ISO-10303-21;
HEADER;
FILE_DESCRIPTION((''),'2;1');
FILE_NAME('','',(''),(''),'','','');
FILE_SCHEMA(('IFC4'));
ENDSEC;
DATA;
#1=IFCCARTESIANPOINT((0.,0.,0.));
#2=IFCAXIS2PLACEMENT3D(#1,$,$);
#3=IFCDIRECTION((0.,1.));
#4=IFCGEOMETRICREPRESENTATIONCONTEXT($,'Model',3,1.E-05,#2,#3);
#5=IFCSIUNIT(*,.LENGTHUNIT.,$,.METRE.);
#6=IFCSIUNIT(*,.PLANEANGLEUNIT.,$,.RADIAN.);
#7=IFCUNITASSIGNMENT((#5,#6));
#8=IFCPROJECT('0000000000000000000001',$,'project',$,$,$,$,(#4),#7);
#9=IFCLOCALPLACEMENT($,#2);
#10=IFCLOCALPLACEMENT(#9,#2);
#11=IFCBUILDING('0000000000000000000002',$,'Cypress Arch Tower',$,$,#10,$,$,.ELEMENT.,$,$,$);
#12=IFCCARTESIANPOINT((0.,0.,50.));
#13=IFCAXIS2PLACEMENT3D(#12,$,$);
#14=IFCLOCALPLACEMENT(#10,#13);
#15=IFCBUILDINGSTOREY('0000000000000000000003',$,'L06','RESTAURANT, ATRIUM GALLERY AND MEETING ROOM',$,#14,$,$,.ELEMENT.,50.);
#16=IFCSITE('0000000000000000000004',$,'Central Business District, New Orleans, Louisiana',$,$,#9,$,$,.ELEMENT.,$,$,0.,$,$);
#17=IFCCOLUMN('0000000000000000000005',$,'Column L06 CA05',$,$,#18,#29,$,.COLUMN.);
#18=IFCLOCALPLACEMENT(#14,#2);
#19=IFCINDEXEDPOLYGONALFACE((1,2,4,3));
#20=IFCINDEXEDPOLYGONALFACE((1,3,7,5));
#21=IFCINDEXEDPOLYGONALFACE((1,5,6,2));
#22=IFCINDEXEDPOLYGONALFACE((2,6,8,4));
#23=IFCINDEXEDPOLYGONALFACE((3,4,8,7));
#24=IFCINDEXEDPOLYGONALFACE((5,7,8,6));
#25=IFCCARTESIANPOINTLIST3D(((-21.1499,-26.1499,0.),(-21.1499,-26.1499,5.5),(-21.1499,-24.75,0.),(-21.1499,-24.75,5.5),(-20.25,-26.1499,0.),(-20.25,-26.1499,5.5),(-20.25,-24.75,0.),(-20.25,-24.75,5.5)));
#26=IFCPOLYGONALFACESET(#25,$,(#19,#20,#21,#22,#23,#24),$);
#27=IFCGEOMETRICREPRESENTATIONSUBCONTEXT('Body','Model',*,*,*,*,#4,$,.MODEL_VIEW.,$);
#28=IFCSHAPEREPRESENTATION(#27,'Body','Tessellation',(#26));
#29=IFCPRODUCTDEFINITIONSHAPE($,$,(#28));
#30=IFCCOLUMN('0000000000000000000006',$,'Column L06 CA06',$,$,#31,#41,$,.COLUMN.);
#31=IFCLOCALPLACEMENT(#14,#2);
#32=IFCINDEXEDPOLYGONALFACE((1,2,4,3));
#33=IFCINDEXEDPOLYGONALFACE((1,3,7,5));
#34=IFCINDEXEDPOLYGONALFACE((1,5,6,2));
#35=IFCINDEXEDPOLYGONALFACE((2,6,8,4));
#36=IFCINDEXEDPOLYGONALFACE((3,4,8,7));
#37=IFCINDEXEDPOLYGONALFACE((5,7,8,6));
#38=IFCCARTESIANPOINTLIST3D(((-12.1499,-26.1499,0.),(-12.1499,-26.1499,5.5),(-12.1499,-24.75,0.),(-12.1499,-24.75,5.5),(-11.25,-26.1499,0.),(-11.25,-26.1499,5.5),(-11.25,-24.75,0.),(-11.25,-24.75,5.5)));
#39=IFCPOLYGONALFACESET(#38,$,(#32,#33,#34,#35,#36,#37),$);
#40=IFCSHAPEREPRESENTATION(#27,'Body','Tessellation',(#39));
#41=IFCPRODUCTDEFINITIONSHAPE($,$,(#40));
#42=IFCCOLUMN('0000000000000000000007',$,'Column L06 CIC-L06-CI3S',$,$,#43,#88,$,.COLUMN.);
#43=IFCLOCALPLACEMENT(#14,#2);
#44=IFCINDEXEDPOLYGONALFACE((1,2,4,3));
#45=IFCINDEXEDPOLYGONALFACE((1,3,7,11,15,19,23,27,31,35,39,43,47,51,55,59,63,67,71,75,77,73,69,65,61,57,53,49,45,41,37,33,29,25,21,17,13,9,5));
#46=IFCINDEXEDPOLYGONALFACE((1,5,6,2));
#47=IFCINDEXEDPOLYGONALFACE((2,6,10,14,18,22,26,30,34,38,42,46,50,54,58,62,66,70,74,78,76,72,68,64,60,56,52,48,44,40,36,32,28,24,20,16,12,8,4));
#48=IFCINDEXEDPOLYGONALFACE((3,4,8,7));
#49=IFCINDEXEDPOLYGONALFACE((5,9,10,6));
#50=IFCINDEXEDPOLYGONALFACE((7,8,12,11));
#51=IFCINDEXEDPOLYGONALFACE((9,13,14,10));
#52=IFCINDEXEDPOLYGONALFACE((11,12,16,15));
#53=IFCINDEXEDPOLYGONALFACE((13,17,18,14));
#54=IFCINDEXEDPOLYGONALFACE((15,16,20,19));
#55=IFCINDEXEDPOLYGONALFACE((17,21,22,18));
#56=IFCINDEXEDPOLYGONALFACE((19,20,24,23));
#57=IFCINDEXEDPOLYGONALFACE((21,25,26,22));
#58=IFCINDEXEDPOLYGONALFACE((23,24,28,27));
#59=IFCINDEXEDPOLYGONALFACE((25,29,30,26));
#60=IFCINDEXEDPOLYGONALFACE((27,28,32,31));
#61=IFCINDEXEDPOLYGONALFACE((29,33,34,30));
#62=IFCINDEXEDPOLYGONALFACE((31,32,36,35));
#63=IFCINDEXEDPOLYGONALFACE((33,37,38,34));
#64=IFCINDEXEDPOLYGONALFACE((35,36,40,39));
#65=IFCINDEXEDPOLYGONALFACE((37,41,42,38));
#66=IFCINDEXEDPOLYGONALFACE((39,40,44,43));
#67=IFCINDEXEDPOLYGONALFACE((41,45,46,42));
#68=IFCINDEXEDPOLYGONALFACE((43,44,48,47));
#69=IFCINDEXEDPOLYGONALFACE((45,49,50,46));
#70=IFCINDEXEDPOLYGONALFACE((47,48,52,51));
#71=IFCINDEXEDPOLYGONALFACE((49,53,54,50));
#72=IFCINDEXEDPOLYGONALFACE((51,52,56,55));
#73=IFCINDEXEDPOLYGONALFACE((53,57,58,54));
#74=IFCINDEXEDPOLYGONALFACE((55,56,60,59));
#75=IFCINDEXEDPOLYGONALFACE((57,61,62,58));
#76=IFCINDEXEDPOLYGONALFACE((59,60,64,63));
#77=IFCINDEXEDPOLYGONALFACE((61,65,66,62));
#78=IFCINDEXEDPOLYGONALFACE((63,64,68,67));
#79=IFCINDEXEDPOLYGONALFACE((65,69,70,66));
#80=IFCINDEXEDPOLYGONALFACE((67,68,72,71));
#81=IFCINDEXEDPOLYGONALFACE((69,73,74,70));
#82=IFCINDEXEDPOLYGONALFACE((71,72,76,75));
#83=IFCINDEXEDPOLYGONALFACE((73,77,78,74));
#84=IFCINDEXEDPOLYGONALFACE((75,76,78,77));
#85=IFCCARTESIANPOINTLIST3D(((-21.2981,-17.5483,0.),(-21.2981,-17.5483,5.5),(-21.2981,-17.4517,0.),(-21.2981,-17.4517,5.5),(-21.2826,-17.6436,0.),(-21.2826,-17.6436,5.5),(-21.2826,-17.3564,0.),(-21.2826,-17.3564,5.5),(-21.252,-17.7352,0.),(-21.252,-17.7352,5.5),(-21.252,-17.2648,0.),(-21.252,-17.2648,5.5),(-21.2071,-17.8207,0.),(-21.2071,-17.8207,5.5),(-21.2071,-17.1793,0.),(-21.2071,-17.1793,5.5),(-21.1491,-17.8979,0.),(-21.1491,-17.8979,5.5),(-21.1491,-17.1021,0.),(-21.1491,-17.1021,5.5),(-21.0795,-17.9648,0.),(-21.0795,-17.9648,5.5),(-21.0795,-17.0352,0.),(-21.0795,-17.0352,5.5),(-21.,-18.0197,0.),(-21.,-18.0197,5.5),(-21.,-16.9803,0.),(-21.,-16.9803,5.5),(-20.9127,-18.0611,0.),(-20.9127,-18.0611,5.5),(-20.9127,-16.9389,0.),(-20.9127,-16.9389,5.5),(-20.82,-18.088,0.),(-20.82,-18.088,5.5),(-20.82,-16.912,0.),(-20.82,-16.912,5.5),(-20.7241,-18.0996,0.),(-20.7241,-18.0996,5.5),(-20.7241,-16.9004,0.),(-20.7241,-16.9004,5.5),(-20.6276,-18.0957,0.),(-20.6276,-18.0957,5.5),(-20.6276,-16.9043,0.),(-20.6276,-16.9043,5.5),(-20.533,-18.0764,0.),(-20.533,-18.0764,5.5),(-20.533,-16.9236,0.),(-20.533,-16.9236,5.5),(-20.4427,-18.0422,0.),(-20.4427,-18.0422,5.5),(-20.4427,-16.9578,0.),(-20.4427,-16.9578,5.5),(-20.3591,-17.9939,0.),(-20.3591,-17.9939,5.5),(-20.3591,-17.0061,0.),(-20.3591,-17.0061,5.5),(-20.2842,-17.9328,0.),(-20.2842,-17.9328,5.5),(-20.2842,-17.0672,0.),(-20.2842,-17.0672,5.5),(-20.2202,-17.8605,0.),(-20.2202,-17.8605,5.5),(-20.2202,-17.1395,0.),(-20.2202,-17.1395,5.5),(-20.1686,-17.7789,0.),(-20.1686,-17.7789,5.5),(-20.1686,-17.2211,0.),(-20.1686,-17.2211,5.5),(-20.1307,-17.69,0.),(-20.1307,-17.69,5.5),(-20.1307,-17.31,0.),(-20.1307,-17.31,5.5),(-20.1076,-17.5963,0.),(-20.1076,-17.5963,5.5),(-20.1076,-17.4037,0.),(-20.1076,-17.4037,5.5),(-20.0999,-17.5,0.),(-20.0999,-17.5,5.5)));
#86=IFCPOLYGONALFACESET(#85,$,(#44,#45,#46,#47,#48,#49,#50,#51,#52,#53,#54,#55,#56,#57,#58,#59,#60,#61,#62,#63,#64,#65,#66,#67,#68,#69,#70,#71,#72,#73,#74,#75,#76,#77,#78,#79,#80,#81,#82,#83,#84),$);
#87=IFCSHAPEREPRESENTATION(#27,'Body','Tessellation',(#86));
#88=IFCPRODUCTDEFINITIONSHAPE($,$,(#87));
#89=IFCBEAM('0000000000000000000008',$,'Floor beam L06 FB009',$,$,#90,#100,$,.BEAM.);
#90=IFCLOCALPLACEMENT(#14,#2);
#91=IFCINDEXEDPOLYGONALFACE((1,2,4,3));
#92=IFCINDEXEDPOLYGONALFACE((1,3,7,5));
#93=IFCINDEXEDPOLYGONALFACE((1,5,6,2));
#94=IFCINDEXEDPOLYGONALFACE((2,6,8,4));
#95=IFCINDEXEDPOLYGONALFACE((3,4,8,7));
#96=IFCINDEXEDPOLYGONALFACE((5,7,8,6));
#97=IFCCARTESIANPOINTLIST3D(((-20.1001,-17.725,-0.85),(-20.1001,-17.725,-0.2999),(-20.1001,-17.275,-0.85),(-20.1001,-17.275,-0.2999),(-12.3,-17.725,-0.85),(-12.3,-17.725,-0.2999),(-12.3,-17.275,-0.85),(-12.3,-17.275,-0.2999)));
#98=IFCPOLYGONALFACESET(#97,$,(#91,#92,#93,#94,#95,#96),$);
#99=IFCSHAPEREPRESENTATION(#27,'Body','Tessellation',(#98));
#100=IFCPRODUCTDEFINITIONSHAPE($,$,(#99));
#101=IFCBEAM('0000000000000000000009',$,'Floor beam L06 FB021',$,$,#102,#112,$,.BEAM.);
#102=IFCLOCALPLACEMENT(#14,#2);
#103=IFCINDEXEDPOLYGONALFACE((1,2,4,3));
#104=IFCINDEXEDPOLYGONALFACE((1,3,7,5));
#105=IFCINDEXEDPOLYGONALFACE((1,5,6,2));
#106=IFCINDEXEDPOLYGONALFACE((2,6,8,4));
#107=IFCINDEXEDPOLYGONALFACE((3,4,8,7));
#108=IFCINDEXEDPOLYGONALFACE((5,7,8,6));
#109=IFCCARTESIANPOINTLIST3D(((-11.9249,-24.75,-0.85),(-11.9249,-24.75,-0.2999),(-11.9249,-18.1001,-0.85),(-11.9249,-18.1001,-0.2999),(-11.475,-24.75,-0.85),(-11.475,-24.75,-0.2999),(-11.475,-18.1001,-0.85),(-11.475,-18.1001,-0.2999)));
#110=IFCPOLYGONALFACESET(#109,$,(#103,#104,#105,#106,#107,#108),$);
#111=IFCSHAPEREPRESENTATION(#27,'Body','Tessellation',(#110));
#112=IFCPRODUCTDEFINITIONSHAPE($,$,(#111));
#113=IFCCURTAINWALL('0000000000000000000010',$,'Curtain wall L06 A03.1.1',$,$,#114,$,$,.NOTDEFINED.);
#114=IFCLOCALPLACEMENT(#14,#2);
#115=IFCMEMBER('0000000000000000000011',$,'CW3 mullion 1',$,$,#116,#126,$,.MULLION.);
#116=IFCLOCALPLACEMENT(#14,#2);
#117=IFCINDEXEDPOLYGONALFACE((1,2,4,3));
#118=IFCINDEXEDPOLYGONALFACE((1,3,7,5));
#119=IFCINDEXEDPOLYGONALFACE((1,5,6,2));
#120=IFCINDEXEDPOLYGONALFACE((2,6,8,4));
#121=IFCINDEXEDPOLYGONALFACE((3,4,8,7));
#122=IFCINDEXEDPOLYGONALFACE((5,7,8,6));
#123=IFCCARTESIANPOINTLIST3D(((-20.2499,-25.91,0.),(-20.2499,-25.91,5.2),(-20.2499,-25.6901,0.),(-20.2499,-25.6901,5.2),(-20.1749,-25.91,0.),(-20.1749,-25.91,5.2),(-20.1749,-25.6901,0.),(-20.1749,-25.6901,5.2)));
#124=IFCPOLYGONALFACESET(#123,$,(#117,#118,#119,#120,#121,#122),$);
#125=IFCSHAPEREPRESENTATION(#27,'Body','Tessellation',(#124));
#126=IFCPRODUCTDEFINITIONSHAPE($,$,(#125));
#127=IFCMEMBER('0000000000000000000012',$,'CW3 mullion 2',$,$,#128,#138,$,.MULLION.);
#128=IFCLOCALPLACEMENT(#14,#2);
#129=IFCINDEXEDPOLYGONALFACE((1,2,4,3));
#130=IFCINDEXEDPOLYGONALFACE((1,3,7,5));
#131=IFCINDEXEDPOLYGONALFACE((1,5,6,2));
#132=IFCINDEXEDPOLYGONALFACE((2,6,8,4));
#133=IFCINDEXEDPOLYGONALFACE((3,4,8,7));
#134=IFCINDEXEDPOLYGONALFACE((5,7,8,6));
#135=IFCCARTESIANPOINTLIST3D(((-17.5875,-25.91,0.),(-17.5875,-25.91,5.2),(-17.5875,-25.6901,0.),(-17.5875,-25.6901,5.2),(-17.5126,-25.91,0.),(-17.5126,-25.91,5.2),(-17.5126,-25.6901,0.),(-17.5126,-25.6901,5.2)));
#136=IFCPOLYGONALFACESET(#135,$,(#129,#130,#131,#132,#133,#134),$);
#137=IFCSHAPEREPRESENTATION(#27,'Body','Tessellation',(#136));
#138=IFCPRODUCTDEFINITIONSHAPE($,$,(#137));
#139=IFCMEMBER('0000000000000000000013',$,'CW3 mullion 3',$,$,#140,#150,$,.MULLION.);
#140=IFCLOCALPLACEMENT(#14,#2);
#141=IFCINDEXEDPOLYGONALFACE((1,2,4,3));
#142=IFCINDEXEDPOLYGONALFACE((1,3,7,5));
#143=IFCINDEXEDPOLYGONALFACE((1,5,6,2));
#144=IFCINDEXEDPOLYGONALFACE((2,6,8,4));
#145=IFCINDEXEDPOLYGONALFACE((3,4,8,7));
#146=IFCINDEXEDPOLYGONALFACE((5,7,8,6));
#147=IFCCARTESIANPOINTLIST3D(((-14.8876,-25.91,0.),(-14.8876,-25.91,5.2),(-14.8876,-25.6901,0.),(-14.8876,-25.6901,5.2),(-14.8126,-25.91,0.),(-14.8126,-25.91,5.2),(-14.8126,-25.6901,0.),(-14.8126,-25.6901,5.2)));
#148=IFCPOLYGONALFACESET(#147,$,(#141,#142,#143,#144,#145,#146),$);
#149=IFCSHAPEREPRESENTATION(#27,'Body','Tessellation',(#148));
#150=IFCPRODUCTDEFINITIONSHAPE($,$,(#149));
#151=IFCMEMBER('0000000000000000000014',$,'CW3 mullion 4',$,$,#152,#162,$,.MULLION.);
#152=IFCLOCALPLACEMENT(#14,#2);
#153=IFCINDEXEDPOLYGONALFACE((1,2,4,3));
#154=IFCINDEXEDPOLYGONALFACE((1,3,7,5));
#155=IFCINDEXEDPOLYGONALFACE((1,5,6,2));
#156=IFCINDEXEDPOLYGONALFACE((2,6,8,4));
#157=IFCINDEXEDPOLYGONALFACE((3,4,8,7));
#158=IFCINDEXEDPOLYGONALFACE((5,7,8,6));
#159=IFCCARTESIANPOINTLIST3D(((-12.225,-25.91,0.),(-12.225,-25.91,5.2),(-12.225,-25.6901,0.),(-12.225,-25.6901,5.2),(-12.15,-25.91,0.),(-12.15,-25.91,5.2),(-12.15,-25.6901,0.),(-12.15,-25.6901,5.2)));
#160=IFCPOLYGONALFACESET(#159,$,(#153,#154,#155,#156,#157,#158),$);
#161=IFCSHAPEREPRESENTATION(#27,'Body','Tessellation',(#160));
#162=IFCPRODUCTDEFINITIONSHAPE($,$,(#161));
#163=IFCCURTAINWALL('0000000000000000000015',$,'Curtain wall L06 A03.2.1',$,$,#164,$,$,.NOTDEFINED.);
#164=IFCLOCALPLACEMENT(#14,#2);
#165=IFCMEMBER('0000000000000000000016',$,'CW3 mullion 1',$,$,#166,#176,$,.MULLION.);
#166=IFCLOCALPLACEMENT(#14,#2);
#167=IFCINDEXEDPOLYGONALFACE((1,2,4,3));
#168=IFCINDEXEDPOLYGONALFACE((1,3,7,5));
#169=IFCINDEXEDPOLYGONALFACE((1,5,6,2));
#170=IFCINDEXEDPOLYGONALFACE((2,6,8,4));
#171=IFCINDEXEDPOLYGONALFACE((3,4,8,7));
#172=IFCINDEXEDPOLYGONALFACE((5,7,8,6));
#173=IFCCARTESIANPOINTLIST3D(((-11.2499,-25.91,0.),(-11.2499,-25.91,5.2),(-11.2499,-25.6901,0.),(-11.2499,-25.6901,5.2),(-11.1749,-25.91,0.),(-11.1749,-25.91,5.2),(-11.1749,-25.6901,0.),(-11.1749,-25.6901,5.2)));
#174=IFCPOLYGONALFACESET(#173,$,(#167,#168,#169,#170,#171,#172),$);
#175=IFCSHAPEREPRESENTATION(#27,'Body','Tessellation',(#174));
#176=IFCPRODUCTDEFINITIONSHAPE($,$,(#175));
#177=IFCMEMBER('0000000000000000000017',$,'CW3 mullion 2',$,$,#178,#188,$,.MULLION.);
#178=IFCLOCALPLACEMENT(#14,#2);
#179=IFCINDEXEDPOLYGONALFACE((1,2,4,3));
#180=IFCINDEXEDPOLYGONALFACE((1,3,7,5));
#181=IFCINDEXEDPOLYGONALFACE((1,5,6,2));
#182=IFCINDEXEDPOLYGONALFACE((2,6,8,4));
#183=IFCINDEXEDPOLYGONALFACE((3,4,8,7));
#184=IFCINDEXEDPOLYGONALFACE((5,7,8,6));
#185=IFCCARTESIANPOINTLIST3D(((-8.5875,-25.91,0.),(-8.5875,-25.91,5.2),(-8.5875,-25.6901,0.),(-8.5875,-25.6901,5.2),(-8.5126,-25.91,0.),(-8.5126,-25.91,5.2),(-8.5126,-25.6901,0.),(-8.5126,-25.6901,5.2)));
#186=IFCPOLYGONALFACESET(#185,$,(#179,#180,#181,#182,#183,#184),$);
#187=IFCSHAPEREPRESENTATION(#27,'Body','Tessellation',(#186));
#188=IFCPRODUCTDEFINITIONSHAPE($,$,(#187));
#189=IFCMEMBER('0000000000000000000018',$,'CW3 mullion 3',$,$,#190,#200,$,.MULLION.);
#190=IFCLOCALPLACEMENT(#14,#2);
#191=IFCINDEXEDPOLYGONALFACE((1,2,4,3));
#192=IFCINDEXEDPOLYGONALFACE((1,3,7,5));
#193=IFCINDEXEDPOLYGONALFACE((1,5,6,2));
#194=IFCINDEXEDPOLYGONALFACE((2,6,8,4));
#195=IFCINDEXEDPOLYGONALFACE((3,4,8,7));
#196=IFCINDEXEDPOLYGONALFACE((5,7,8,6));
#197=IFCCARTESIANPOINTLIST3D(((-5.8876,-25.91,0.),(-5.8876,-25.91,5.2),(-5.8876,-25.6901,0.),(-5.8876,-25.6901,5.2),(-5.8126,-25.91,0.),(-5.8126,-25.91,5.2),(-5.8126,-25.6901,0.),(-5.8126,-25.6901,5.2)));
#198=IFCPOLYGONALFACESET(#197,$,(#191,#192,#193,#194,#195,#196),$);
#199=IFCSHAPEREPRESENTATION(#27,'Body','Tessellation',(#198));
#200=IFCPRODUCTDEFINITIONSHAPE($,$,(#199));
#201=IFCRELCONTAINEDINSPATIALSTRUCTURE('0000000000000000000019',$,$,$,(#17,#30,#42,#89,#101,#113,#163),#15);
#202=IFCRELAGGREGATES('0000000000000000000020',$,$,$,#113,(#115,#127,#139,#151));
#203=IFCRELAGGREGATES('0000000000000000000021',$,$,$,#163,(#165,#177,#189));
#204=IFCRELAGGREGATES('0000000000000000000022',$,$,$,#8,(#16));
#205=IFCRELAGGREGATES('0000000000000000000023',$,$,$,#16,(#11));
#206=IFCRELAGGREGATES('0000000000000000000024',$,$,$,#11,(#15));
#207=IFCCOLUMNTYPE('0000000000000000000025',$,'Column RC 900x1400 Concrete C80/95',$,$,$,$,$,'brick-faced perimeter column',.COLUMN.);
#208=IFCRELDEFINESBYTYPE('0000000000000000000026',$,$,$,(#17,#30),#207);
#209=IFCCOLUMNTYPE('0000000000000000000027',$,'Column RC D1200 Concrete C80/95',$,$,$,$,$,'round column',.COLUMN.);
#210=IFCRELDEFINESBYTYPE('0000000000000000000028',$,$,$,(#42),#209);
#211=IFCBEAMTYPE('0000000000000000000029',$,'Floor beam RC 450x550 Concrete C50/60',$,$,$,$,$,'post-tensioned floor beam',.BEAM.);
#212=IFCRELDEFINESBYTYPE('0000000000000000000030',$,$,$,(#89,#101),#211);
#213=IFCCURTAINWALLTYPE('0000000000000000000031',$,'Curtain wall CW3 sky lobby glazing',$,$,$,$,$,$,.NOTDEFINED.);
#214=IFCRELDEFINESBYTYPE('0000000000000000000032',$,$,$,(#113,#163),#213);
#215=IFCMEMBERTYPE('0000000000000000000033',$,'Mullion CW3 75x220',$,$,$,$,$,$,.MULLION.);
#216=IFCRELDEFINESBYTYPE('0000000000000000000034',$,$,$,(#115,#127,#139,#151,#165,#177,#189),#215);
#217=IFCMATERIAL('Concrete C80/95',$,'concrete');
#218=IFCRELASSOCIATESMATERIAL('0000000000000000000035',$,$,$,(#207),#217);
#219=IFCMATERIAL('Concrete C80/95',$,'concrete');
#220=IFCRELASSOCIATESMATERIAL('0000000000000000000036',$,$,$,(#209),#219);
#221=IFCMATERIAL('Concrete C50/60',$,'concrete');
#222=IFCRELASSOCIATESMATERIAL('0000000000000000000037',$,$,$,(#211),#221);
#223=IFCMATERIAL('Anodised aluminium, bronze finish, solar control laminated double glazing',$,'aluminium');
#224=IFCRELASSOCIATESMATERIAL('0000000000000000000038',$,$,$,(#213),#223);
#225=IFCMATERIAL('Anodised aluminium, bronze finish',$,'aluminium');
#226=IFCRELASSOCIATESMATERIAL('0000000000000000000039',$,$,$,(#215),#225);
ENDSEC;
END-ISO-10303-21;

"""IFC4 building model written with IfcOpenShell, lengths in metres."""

from ifc_helpers import new_model, si_unit, direction, frame, origin, origin_2d, place, context, subcontext, project, spatial, rectangle, circle, extrude, material, material_profile, profile_set, type_object, element, aggregate, save


model = new_model("IFC4")

# Units and contexts
model_context = context("Model", 3, precision=1e-05, world=origin(), true_north=direction((0.0, 1.0)))
body_context = subcontext(model_context, "Body", "Model", "MODEL_VIEW")
ifc_project = project(units=[si_unit("LENGTHUNIT", "METRE"), si_unit("PLANEANGLEUNIT", "RADIAN")], contexts=[model_context])

# Site, building, storey
site_placement = place(None, origin())
site = spatial("IfcSite", under=ifc_project, at=site_placement, Name="Central Business District, New Orleans, Louisiana", CompositionType="ELEMENT", RefElevation=0.0)
building_placement = place(site_placement, origin())
building = spatial("IfcBuilding", under=site, at=building_placement, Name="Cypress Arch Tower", CompositionType="ELEMENT")
storey_placement = place(building_placement, frame((0.0, 0.0, 50.0)))
storey = spatial("IfcBuildingStorey", under=building, at=storey_placement, Name="L06", Description="RESTAURANT, ATRIUM GALLERY AND MEETING ROOM", CompositionType="ELEMENT", Elevation=50.0)

# Columns
ifc_material_1 = material(Name="Concrete C80/95", Category="concrete")
ifc_material_profile_1 = material_profile(ifc_material_1, rectangle(XDim=0.8999, YDim=1.3999, at=origin_2d()), Name="RC 900x1400")
ifc_profile_set_1 = profile_set([ifc_material_profile_1], Name="Concrete C80/95")
column_type_1 = type_object("IfcColumnType", Name="Column RC 900x1400 Concrete C80/95", ElementType="brick-faced perimeter column", PredefinedType="COLUMN", material=ifc_profile_set_1)
for number, where, z_axis, x_axis, name in (
    (1, (-20.7, -25.45, 0.0), (0.0, 0.0, 1.0), (1.0, 0.0, 0.0), "Column L06 CA05"),
    (2, (-11.7, -25.45, 0.0), (0.0, 0.0, 1.0), (1.0, 0.0, 0.0), "Column L06 CA06"),
):
    element("IfcColumn", number, at=place(storey_placement, frame(where, z_axis=z_axis, x_axis=x_axis)), inside=storey, type_object=column_type_1, Name=name, PredefinedType="COLUMN", context=body_context, shape_type="SweptSolid", body=[
        extrude(rectangle(XDim=0.8999, YDim=1.3999, at=origin_2d()), origin(), (0.0, 0.0, 1.0), 5.5),
    ])
ifc_material_2 = material(Name="Concrete C80/95", Category="concrete")
ifc_material_profile_2 = material_profile(ifc_material_2, circle(Radius=0.6001, at=origin_2d()), Name="RC D1200")
ifc_profile_set_2 = profile_set([ifc_material_profile_2], Name="Concrete C80/95")
column_type_2 = type_object("IfcColumnType", Name="Column RC D1200 Concrete C80/95", ElementType="round column", PredefinedType="COLUMN", material=ifc_profile_set_2)
column_placement = place(storey_placement, frame((-20.7, -17.5, 0.0), z_axis=(0.0, 0.0, 1.0), x_axis=(1.0, 0.0, 0.0)))
element("IfcColumn", 3, at=column_placement, inside=storey, type_object=column_type_2, Name="Column L06 CIC-L06-CI3S", PredefinedType="COLUMN", context=body_context, shape_type="SweptSolid", body=[
    extrude(circle(Radius=0.6001, at=origin_2d()), origin(), (0.0, 0.0, 1.0), 5.5),
])

# Beams
ifc_material_3 = material(Name="Concrete C50/60", Category="concrete")
ifc_material_profile_3 = material_profile(ifc_material_3, rectangle(XDim=0.45, YDim=0.55, at=origin_2d()), Name="RC 450x550")
ifc_profile_set_3 = profile_set([ifc_material_profile_3], Name="Concrete C50/60")
beam_type_1 = type_object("IfcBeamType", Name="Floor beam RC 450x550 Concrete C50/60", ElementType="post-tensioned floor beam", PredefinedType="BEAM", material=ifc_profile_set_3)
beam_1_placement = place(storey_placement, frame((-20.1001, -17.5, -0.575), z_axis=(1.0, 0.0, 0.0), x_axis=(0.0, 1.0, 0.0)))
element("IfcBeam", 4, at=beam_1_placement, inside=storey, type_object=beam_type_1, Name="Floor beam L06 FB009", PredefinedType="BEAM", context=body_context, shape_type="SweptSolid", body=[
    extrude(rectangle(XDim=0.45, YDim=0.55, at=origin_2d()), origin(), (0.0, 0.0, 1.0), 7.8),
])
beam_2_placement = place(storey_placement, frame((-11.7, -24.75, -0.575), z_axis=(0.0, 1.0, 0.0), x_axis=(-1.0, 0.0, 0.0)))
element("IfcBeam", 5, at=beam_2_placement, inside=storey, type_object=beam_type_1, Name="Floor beam L06 FB021", PredefinedType="BEAM", context=body_context, shape_type="SweptSolid", body=[
    extrude(rectangle(XDim=0.45, YDim=0.55, at=origin_2d()), origin(), (0.0, 0.0, 1.0), 6.6499),
])

# Curtain walls, members
ifc_material_4 = material(Name="Anodised aluminium, bronze finish, solar control laminated double glazing", Category="aluminium")
curtain_wall_type = type_object("IfcCurtainWallType", Name="Curtain wall CW3 sky lobby glazing", PredefinedType="NOTDEFINED", material=ifc_material_4)
curtain_wall_1_placement = place(storey_placement, origin())
curtain_wall_1 = element("IfcCurtainWall", 6, at=curtain_wall_1_placement, inside=storey, type_object=curtain_wall_type, Name="Curtain wall L06 A03.1.1", PredefinedType="NOTDEFINED")
ifc_material_5 = material(Name="Anodised aluminium, bronze finish", Category="aluminium")
ifc_material_profile_4 = material_profile(ifc_material_5, rectangle(XDim=0.22, YDim=0.075, at=origin_2d()), Name="Mullion 75x220")
ifc_profile_set_4 = profile_set([ifc_material_profile_4], Name="Anodised aluminium, bronze finish")
member_type = type_object("IfcMemberType", Name="Mullion CW3 75x220", PredefinedType="MULLION", material=ifc_profile_set_4)
member_1_placement = place(storey_placement, frame((-20.2124, -25.8, 0.0), z_axis=(0.0, 0.0, 1.0), x_axis=(0.0, 1.0, 0.0)))
member_1 = element("IfcMember", 7, at=member_1_placement, type_object=member_type, Name="CW3 mullion 1", PredefinedType="MULLION", context=body_context, shape_type="SweptSolid", body=[
    extrude(rectangle(XDim=0.22, YDim=0.075, at=origin_2d()), origin(), (0.0, 0.0, 1.0), 5.2),
])
member_2_placement = place(storey_placement, frame((-17.55, -25.8, 0.0), z_axis=(0.0, 0.0, 1.0), x_axis=(0.0, 1.0, 0.0)))
member_2 = element("IfcMember", 8, at=member_2_placement, type_object=member_type, Name="CW3 mullion 2", PredefinedType="MULLION", context=body_context, shape_type="SweptSolid", body=[
    extrude(rectangle(XDim=0.22, YDim=0.075, at=origin_2d()), origin(), (0.0, 0.0, 1.0), 5.2),
])
member_3_placement = place(storey_placement, frame((-14.8501, -25.8, 0.0), z_axis=(0.0, 0.0, 1.0), x_axis=(0.0, 1.0, 0.0)))
member_3 = element("IfcMember", 9, at=member_3_placement, type_object=member_type, Name="CW3 mullion 3", PredefinedType="MULLION", context=body_context, shape_type="SweptSolid", body=[
    extrude(rectangle(XDim=0.22, YDim=0.075, at=origin_2d()), origin(), (0.0, 0.0, 1.0), 5.2),
])
member_4_placement = place(storey_placement, frame((-12.1875, -25.8, 0.0), z_axis=(0.0, 0.0, 1.0), x_axis=(0.0, 1.0, 0.0)))
member_4 = element("IfcMember", 10, at=member_4_placement, type_object=member_type, Name="CW3 mullion 4", PredefinedType="MULLION", context=body_context, shape_type="SweptSolid", body=[
    extrude(rectangle(XDim=0.22, YDim=0.075, at=origin_2d()), origin(), (0.0, 0.0, 1.0), 5.2),
])
aggregate(curtain_wall_1, [member_1, member_2, member_3, member_4])
curtain_wall_2_placement = place(storey_placement, origin())
curtain_wall_2 = element("IfcCurtainWall", 11, at=curtain_wall_2_placement, inside=storey, type_object=curtain_wall_type, Name="Curtain wall L06 A03.2.1", PredefinedType="NOTDEFINED")
member_5_placement = place(storey_placement, frame((-11.2124, -25.8, 0.0), z_axis=(0.0, 0.0, 1.0), x_axis=(0.0, 1.0, 0.0)))
member_5 = element("IfcMember", 12, at=member_5_placement, type_object=member_type, Name="CW3 mullion 1", PredefinedType="MULLION", context=body_context, shape_type="SweptSolid", body=[
    extrude(rectangle(XDim=0.22, YDim=0.075, at=origin_2d()), origin(), (0.0, 0.0, 1.0), 5.2),
])
member_6_placement = place(storey_placement, frame((-8.55, -25.8, 0.0), z_axis=(0.0, 0.0, 1.0), x_axis=(0.0, 1.0, 0.0)))
member_6 = element("IfcMember", 13, at=member_6_placement, type_object=member_type, Name="CW3 mullion 2", PredefinedType="MULLION", context=body_context, shape_type="SweptSolid", body=[
    extrude(rectangle(XDim=0.22, YDim=0.075, at=origin_2d()), origin(), (0.0, 0.0, 1.0), 5.2),
])
member_7_placement = place(storey_placement, frame((-5.8501, -25.8, 0.0), z_axis=(0.0, 0.0, 1.0), x_axis=(0.0, 1.0, 0.0)))
member_7 = element("IfcMember", 14, at=member_7_placement, type_object=member_type, Name="CW3 mullion 3", PredefinedType="MULLION", context=body_context, shape_type="SweptSolid", body=[
    extrude(rectangle(XDim=0.22, YDim=0.075, at=origin_2d()), origin(), (0.0, 0.0, 1.0), 5.2),
])
aggregate(curtain_wall_2, [member_5, member_6, member_7])

save(model, "model.ifc")
